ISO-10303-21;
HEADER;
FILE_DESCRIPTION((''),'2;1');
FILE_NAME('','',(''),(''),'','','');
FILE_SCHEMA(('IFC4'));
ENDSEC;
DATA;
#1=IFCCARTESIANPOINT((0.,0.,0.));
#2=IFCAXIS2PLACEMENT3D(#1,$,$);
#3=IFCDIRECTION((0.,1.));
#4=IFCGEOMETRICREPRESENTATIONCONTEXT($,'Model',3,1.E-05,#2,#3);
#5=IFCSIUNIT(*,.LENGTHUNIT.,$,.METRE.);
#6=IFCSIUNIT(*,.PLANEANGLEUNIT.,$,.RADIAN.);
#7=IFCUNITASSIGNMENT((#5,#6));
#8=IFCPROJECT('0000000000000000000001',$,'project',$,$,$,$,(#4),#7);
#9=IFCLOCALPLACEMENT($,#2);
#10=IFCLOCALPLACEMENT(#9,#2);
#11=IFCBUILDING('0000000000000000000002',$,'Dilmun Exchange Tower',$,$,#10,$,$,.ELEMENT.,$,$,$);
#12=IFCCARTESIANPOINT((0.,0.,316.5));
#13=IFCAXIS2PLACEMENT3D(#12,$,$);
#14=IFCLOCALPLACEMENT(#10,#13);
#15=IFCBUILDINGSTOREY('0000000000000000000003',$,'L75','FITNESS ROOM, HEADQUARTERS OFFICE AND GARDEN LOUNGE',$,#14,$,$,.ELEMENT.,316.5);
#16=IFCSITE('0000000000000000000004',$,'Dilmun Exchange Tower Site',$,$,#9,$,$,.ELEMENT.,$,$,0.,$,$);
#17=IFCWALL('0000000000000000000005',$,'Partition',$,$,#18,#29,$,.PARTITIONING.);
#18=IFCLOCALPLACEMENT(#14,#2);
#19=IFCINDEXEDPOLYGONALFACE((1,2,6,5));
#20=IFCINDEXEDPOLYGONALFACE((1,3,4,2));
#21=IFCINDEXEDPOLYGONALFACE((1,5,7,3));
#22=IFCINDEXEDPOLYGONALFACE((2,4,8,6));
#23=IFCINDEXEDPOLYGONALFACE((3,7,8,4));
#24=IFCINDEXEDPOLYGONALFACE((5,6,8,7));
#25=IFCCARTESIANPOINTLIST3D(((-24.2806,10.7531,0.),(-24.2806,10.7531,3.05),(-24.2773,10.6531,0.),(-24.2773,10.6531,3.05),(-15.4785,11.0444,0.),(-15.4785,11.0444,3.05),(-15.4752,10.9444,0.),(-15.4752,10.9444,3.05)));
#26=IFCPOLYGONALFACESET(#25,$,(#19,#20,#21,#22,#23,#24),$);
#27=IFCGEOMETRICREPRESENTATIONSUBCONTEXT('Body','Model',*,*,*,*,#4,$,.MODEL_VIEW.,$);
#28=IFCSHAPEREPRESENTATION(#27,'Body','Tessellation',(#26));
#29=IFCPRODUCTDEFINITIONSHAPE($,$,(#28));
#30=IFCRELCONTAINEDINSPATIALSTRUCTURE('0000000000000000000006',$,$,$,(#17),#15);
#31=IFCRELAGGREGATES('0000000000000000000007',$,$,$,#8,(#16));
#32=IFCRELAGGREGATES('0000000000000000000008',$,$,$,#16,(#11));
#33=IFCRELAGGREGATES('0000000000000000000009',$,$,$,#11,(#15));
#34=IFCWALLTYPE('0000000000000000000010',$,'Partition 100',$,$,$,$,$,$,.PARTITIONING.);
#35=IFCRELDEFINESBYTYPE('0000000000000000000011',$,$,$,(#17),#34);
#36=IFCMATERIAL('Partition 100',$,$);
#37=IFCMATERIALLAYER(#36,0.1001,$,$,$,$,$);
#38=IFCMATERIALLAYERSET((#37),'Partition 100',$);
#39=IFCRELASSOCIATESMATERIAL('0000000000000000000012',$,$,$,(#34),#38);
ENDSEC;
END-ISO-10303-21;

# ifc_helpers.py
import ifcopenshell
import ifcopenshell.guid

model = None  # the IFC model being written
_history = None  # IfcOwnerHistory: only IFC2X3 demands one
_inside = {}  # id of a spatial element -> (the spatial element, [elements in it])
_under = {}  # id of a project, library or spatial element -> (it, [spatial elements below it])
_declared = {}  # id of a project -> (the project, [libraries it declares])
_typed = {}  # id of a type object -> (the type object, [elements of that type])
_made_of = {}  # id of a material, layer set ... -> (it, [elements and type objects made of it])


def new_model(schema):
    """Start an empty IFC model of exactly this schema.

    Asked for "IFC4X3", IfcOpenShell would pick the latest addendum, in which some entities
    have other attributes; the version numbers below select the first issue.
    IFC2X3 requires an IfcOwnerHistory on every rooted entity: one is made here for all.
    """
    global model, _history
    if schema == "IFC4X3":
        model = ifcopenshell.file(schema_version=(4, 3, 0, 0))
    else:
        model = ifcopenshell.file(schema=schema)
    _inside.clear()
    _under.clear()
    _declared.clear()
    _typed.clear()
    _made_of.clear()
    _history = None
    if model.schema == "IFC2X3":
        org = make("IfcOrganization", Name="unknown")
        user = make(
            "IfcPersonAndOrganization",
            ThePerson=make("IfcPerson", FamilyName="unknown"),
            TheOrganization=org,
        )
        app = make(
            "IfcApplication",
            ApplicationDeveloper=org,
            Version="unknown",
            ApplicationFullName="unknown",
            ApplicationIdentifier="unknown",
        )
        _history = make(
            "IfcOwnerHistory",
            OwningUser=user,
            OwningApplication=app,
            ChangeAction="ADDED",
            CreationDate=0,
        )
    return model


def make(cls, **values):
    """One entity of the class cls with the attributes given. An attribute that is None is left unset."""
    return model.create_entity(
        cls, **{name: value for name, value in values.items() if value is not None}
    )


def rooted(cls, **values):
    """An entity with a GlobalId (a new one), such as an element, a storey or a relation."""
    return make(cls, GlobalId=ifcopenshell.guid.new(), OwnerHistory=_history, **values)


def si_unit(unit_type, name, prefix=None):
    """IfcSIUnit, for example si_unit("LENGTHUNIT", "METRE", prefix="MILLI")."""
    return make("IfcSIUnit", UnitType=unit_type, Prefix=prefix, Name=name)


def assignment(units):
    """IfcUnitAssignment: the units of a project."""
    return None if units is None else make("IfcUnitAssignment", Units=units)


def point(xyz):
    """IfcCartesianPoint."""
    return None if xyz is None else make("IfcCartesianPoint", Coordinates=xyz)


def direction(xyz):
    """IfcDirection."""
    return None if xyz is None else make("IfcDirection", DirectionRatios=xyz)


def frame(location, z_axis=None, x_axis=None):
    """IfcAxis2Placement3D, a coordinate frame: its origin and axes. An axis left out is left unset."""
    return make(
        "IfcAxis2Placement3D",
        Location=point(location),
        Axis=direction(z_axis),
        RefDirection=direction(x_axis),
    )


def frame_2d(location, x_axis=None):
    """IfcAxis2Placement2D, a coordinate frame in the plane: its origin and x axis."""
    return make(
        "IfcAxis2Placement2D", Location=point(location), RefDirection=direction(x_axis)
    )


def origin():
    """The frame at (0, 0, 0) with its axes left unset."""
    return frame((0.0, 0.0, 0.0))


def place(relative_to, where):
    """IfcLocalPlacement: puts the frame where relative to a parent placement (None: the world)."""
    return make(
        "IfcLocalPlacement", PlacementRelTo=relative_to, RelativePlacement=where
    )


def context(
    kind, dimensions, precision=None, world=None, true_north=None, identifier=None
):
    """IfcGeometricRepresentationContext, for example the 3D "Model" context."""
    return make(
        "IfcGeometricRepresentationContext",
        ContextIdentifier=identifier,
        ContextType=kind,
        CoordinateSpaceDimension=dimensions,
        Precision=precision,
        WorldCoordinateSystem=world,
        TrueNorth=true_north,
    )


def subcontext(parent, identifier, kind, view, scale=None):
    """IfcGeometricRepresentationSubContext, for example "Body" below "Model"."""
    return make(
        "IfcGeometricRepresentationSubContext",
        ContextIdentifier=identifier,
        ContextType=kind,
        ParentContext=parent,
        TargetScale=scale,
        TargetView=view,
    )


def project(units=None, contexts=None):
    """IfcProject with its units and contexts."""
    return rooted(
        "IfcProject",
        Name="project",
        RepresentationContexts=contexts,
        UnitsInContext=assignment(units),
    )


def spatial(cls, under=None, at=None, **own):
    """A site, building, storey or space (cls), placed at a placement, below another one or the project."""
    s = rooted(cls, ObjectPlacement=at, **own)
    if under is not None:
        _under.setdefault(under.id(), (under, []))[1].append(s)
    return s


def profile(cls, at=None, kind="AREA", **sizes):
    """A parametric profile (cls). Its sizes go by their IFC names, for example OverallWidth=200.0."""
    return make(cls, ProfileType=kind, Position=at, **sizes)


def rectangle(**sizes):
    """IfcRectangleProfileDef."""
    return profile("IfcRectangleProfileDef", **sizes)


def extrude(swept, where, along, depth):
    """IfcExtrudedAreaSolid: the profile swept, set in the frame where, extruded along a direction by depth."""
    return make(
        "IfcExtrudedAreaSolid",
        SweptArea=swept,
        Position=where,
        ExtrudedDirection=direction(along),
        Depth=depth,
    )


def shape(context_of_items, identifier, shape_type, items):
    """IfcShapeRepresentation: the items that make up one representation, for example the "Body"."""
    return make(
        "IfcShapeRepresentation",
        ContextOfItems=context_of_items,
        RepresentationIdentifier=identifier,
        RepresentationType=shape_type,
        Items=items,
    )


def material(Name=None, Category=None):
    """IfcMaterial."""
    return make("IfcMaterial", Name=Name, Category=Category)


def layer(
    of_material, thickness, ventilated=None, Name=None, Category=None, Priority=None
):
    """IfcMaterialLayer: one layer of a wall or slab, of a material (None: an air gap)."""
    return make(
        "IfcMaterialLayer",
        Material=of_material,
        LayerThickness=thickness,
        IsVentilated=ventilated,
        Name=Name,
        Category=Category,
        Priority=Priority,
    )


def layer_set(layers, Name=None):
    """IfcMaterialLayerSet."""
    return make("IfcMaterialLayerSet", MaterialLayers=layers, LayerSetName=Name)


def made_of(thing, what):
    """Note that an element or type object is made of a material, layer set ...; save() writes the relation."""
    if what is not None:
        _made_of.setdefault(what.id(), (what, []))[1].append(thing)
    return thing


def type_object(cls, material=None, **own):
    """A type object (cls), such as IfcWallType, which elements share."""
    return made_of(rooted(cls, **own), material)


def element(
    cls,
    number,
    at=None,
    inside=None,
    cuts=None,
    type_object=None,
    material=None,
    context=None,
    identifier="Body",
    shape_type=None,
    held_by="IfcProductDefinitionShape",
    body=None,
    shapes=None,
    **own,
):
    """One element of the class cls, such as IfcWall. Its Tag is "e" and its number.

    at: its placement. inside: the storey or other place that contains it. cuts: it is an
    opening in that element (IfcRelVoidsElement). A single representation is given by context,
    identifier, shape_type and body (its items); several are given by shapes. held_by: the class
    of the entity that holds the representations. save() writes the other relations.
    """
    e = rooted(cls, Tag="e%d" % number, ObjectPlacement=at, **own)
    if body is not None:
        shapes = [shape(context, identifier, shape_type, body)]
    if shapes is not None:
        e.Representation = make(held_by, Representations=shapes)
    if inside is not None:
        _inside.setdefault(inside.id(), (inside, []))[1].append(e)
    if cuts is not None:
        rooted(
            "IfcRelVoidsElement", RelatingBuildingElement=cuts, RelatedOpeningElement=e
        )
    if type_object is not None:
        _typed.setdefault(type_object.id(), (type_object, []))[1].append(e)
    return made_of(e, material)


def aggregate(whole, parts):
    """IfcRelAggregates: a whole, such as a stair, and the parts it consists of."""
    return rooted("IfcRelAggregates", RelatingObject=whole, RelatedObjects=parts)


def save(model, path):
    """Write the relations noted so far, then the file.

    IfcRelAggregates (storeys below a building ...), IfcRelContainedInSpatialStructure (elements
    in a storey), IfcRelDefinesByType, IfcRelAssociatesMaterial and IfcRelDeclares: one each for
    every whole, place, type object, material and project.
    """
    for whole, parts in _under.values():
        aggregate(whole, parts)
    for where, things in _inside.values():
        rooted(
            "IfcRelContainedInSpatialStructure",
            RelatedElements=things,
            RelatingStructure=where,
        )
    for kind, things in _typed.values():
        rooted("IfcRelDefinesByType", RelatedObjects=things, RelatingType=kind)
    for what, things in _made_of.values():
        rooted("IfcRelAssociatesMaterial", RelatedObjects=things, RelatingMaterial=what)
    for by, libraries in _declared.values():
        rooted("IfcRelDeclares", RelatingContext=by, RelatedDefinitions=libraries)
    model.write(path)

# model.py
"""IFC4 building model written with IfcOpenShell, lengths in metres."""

from ifc_helpers import new_model, si_unit, direction, frame, frame_2d, origin, place, context, subcontext, project, spatial, rectangle, extrude, material, layer, layer_set, type_object, element, save


model = new_model("IFC4")

# Units and contexts
model_context = context("Model", 3, precision=1e-05, world=origin(), true_north=direction((0.0, 1.0)))
body_context = subcontext(model_context, "Body", "Model", "MODEL_VIEW")
ifc_project = project(units=[si_unit("LENGTHUNIT", "METRE"), si_unit("PLANEANGLEUNIT", "RADIAN")], contexts=[model_context])

# Site, building, storey
site_placement = place(None, origin())
site = spatial("IfcSite", under=ifc_project, at=site_placement, Name="Dilmun Exchange Tower Site", CompositionType="ELEMENT", RefElevation=0.0)
building_placement = place(site_placement, origin())
building = spatial("IfcBuilding", under=site, at=building_placement, Name="Dilmun Exchange Tower", CompositionType="ELEMENT")
storey_placement = place(building_placement, frame((0.0, 0.0, 316.5)))
storey = spatial("IfcBuildingStorey", under=building, at=storey_placement, Name="L75", Description="FITNESS ROOM, HEADQUARTERS OFFICE AND GARDEN LOUNGE", CompositionType="ELEMENT", Elevation=316.5)

# Wall
ifc_material_1 = material(Name="Partition 100")
ifc_layer_1 = layer(ifc_material_1, 0.1001)
ifc_layer_set_1 = layer_set([ifc_layer_1], Name="Partition 100")
wall_type_1 = type_object("IfcWallType", Name="Partition 100", PredefinedType="PARTITIONING", material=ifc_layer_set_1)
wall_1_placement = place(storey_placement, frame((-24.2788, 10.7031, 0.0), z_axis=(0.0, 0.0, 1.0), x_axis=(0.999453, 0.033072, 0.0)))
element("IfcWall", 1, at=wall_1_placement, inside=storey, type_object=wall_type_1, Name="Partition", PredefinedType="PARTITIONING", context=body_context, shape_type="SweptSolid", body=[
    extrude(rectangle(XDim=8.8069, YDim=0.1001, at=frame_2d((4.4033, 0.0))), origin(), (0.0, 0.0, 1.0), 3.05),
])

save(model, "model.ifc")
